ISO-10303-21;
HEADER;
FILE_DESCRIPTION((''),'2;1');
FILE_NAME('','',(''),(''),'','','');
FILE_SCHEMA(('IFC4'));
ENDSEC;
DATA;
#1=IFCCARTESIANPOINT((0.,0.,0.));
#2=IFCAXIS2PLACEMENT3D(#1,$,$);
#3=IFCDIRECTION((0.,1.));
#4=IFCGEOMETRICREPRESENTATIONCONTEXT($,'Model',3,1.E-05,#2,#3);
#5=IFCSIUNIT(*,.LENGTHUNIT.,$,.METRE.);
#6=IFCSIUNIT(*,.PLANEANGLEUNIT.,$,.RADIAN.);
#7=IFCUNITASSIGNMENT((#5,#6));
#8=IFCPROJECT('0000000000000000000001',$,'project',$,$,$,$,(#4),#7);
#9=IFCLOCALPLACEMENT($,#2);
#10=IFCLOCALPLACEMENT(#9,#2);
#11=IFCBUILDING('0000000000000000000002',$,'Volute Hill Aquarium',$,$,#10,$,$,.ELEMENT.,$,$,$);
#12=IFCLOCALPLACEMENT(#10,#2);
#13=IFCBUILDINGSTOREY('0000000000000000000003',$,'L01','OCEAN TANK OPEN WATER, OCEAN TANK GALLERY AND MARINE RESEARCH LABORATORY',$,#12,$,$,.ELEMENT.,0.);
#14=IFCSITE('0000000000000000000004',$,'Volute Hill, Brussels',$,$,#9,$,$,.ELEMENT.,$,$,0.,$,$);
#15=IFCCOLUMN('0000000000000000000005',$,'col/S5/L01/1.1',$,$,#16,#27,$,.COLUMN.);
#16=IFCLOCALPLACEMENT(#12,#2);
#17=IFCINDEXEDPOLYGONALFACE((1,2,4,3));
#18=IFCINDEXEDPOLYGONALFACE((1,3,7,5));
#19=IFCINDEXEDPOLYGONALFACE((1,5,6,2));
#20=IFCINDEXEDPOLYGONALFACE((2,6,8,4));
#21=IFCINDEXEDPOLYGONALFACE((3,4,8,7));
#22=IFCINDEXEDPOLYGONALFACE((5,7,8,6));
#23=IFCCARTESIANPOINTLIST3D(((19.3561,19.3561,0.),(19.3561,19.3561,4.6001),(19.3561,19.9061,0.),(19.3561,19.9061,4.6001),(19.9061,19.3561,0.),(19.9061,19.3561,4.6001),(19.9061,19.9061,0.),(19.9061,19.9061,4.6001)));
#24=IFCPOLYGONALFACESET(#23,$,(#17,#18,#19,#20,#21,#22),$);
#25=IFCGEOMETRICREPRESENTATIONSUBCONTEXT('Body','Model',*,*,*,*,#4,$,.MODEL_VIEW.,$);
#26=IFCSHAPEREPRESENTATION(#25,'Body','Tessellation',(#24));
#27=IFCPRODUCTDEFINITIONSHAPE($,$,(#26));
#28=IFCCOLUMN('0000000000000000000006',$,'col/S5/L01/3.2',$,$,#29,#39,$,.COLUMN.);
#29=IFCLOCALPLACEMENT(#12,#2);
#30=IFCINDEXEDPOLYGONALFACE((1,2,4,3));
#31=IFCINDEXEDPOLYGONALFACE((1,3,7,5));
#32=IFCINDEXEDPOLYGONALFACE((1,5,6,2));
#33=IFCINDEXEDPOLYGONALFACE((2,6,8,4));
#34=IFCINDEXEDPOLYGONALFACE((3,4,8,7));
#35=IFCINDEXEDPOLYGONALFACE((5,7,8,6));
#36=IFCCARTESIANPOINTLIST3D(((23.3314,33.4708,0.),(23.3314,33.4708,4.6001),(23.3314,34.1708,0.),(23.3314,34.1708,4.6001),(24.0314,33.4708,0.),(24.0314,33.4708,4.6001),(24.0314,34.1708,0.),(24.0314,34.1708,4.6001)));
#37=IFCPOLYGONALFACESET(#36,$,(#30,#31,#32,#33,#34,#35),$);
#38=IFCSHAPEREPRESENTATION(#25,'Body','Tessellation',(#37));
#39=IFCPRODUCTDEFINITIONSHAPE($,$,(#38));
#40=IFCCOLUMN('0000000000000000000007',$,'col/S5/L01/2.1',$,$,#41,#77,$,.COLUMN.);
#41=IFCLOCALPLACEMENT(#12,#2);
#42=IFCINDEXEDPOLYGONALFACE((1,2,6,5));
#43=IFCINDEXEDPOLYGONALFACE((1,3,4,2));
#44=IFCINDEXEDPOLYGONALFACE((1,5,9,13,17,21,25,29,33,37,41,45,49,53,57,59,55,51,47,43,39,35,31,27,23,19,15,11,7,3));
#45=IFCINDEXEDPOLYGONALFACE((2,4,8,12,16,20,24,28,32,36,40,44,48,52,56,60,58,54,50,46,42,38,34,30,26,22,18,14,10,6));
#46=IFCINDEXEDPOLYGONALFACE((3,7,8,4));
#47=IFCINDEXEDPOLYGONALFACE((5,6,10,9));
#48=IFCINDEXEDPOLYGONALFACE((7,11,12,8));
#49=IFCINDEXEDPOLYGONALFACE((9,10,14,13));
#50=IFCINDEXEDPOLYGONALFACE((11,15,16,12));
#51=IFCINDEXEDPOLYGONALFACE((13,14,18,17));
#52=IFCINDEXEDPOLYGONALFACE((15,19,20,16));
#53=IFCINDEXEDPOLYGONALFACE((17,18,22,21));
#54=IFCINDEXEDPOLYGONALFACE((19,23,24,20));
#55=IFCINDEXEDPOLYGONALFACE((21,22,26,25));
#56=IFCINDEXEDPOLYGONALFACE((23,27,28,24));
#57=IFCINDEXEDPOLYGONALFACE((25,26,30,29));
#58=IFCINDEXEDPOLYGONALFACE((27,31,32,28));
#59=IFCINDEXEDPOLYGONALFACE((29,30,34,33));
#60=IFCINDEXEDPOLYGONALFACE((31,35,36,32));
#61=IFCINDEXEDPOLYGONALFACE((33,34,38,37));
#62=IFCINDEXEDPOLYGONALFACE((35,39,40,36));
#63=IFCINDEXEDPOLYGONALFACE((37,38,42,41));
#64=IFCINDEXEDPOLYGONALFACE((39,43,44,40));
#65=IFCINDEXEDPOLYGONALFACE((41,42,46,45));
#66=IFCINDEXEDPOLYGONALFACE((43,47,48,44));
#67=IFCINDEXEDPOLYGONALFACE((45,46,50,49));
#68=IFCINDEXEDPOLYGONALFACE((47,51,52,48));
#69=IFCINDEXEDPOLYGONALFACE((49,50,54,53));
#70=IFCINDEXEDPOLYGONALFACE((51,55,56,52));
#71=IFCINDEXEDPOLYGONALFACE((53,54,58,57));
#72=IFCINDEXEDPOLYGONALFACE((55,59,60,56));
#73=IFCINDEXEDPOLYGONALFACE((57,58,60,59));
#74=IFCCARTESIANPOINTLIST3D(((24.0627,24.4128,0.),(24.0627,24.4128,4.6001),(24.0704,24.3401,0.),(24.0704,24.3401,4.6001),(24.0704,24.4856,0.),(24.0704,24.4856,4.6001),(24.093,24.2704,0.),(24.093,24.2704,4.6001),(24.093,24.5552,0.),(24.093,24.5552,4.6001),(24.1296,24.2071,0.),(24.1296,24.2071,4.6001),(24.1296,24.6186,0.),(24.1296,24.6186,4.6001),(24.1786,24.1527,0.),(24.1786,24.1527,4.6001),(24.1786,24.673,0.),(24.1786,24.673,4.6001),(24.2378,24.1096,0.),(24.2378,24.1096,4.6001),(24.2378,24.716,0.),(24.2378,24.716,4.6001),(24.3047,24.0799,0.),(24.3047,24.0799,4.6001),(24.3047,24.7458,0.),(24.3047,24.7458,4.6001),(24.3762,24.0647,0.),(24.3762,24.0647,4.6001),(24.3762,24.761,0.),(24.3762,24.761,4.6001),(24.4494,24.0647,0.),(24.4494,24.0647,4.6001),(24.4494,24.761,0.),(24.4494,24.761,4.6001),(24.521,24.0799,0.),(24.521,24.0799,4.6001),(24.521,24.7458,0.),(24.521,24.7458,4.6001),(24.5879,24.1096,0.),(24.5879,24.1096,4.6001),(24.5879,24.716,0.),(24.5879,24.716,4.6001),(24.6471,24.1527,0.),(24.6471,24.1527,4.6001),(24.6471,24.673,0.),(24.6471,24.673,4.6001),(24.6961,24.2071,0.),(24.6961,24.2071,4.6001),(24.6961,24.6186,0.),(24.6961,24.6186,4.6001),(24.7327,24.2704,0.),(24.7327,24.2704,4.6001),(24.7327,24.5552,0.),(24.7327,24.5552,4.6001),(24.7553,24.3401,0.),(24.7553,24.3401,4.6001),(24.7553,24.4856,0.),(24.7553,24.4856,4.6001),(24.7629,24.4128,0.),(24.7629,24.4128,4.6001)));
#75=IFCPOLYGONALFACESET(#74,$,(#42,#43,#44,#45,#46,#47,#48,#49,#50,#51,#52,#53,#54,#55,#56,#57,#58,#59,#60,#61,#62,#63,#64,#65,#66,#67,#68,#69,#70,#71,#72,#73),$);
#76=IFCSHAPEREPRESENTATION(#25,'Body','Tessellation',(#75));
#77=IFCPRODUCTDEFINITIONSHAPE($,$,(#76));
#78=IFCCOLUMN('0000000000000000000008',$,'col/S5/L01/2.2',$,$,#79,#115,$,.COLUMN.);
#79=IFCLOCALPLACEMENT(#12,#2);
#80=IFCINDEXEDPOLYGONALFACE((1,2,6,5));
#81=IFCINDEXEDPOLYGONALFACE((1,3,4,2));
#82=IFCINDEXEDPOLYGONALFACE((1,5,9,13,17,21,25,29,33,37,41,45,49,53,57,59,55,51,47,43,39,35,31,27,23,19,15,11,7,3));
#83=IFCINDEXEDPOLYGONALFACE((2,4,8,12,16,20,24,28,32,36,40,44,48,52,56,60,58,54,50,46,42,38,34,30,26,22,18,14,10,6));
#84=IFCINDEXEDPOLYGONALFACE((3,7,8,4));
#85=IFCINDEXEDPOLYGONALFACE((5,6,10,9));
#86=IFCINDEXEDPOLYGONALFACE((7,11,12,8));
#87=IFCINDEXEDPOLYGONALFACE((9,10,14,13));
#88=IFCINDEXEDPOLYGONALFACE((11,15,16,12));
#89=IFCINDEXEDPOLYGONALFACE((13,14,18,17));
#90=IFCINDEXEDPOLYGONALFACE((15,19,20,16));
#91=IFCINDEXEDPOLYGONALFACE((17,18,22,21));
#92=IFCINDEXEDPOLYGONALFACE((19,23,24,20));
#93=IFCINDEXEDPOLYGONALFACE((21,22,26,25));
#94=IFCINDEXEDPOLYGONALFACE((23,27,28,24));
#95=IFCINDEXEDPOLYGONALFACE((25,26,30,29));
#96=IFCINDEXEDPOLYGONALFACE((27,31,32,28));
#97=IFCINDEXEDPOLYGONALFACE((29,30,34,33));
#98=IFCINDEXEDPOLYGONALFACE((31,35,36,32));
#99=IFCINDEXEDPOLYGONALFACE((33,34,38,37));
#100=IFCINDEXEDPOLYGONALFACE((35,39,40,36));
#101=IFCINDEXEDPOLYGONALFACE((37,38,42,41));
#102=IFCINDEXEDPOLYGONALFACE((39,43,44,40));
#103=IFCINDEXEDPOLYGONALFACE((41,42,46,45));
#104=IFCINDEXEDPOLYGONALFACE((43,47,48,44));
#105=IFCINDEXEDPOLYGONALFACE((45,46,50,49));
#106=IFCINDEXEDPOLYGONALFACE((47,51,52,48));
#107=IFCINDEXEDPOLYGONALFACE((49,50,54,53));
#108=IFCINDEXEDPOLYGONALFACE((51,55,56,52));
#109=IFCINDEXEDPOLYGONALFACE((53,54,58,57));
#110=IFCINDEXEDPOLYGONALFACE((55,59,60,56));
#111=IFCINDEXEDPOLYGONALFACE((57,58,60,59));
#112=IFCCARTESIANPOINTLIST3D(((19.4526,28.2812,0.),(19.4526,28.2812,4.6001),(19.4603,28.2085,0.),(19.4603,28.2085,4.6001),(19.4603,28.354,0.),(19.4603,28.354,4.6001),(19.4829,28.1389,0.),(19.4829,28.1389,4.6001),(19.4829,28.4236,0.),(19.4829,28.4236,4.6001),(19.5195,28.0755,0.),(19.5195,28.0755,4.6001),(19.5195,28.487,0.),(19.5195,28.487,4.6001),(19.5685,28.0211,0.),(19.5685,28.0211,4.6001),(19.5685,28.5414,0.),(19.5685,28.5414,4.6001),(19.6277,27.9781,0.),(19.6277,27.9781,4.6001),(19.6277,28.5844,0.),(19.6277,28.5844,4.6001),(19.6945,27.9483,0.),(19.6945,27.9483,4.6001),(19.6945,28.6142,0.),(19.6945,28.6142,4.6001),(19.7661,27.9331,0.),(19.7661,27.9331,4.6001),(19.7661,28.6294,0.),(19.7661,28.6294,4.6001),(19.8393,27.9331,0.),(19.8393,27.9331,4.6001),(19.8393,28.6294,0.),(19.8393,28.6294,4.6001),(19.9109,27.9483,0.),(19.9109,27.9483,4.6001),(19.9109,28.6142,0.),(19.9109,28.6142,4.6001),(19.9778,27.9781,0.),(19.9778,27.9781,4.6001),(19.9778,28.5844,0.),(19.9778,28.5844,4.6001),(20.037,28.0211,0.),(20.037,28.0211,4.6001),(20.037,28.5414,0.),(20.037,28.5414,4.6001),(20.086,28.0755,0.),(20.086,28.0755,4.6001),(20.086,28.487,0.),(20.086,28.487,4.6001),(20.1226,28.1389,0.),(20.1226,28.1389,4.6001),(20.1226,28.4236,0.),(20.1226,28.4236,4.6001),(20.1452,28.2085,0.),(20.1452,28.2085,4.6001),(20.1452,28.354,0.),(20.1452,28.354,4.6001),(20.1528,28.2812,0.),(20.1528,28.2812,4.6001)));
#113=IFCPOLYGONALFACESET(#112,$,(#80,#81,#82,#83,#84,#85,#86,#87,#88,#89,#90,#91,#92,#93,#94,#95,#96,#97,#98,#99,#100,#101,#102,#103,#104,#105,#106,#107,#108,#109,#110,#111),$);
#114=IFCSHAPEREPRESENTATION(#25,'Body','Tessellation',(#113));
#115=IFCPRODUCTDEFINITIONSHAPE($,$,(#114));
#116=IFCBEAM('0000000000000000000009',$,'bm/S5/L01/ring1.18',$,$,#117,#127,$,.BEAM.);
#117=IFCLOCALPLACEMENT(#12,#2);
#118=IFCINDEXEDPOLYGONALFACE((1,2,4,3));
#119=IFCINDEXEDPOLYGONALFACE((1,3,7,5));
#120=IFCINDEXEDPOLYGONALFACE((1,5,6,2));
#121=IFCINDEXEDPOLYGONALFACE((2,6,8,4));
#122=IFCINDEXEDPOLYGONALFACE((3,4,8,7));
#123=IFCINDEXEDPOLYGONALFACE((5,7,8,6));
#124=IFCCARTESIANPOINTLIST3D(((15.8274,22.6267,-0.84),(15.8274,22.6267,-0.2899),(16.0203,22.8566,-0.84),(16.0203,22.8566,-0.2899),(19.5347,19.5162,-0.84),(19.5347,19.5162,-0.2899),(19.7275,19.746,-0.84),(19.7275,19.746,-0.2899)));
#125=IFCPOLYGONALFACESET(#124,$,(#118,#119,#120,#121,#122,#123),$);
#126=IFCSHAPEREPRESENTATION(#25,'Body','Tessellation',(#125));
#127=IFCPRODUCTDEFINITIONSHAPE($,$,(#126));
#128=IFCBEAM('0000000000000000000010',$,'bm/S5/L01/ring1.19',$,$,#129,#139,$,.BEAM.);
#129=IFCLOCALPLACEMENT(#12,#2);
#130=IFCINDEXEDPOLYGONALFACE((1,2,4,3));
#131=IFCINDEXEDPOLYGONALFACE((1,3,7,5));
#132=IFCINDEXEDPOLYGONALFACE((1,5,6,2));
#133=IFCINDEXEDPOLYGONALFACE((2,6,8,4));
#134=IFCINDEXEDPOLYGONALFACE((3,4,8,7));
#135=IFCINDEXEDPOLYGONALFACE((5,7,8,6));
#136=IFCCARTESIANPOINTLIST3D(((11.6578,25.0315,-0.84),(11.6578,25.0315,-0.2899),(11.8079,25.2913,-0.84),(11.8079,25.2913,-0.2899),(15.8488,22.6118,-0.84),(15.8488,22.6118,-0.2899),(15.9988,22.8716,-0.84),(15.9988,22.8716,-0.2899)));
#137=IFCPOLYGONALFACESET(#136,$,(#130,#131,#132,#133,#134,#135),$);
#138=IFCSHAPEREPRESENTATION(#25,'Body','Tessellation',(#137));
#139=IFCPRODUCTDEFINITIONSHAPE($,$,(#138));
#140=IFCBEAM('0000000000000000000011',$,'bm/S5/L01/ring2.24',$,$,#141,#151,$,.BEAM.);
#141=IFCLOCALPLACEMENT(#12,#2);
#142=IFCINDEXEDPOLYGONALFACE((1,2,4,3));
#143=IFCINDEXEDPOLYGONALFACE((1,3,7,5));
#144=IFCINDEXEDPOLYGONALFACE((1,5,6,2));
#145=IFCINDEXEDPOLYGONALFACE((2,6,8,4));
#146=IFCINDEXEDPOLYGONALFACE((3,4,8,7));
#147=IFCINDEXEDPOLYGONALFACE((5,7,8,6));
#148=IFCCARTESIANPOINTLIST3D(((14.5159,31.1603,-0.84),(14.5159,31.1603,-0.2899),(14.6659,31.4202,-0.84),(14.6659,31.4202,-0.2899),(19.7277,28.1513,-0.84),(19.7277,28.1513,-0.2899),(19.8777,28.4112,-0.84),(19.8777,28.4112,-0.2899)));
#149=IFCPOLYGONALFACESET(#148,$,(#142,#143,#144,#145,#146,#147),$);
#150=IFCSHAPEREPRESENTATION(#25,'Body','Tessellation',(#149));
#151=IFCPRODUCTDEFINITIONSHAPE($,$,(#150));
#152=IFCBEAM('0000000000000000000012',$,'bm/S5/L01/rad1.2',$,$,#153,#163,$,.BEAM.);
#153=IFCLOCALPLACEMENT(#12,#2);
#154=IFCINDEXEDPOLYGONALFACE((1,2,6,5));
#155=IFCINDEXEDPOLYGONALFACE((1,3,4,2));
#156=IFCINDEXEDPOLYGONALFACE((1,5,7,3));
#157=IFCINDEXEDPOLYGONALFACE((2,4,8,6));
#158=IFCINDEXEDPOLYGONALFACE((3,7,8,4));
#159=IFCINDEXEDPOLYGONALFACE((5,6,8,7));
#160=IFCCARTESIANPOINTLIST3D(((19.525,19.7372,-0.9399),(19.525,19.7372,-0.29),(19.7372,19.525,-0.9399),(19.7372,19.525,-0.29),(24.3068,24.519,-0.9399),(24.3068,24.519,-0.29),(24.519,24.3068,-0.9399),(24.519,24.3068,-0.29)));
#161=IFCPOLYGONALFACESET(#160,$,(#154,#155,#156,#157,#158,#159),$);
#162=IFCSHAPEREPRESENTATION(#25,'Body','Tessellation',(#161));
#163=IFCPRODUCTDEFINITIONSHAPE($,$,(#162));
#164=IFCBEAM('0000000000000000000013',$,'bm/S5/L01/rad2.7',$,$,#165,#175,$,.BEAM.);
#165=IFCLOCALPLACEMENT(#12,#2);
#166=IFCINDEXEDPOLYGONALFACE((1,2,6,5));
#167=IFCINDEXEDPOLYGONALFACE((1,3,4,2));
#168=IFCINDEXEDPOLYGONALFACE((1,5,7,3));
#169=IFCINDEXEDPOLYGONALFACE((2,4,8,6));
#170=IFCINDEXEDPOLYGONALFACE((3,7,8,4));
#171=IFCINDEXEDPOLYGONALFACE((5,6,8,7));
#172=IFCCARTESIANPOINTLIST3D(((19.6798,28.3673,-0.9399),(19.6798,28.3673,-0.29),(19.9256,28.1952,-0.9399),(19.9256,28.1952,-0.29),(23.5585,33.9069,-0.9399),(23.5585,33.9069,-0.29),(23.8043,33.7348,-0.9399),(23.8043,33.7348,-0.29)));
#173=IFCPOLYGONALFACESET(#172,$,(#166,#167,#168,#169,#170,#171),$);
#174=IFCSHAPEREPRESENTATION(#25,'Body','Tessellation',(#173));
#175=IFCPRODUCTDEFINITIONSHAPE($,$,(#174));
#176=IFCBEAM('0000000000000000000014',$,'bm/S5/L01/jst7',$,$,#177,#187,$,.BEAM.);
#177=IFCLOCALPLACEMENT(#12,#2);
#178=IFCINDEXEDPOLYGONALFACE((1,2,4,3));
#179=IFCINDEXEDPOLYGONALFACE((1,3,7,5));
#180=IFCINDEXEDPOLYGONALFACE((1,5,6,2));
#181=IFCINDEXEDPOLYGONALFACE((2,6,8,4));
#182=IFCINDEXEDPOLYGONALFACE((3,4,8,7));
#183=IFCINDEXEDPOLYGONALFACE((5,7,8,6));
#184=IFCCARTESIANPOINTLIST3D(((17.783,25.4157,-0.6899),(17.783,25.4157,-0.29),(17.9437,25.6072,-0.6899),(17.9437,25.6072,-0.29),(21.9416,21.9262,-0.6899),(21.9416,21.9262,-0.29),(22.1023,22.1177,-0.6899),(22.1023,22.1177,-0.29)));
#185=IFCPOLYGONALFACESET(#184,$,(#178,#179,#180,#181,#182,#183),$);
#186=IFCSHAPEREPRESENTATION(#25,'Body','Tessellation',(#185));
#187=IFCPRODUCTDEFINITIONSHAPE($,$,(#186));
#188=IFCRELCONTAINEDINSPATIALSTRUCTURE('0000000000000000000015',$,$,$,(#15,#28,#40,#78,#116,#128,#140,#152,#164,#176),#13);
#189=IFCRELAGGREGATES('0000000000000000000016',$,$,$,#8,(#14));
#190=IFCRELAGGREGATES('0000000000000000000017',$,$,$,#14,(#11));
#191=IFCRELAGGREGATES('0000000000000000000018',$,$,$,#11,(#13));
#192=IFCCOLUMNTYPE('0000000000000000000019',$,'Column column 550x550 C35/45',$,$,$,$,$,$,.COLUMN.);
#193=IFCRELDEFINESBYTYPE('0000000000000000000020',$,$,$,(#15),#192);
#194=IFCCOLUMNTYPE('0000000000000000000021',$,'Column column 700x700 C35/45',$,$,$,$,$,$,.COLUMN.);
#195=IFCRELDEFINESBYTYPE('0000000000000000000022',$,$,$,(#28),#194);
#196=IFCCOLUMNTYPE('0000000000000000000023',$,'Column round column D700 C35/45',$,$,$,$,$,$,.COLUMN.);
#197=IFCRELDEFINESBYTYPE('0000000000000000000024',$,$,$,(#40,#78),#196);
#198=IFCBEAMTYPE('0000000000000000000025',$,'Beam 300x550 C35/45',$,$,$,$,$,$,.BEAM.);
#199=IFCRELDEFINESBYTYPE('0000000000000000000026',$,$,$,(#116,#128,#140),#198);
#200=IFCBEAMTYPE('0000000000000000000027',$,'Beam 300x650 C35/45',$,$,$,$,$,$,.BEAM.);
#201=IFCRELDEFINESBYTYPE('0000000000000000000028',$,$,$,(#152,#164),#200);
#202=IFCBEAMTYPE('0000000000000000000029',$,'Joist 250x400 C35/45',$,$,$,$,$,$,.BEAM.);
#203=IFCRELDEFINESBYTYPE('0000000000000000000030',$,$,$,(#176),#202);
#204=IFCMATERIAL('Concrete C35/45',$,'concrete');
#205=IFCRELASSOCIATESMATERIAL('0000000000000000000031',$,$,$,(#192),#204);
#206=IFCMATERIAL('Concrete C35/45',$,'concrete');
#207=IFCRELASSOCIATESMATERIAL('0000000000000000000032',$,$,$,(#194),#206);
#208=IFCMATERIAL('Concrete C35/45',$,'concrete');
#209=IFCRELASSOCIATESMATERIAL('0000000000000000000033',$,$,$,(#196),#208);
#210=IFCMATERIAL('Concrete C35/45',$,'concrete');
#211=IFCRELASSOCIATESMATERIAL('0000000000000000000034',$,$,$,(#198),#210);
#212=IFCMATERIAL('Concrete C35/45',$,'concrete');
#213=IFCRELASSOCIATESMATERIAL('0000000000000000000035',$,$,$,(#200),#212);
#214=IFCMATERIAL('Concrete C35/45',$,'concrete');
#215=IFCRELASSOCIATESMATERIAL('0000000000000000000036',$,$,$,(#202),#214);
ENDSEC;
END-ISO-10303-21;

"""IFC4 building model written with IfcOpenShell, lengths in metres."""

from ifc_helpers import new_model, si_unit, direction, frame, origin, origin_2d, place, context, subcontext, project, spatial, rectangle, circle, extrude, material, material_profile, profile_set, type_object, element, save


model = new_model("IFC4")

# Units and contexts
model_context = context("Model", 3, precision=1e-05, world=origin(), true_north=direction((0.0, 1.0)))
body_context = subcontext(model_context, "Body", "Model", "MODEL_VIEW")
ifc_project = project(units=[si_unit("LENGTHUNIT", "METRE"), si_unit("PLANEANGLEUNIT", "RADIAN")], contexts=[model_context])

# Site, building, storey
site_placement = place(None, origin())
site = spatial("IfcSite", under=ifc_project, at=site_placement, Name="Volute Hill, Brussels", CompositionType="ELEMENT", RefElevation=0.0)
building_placement = place(site_placement, origin())
building = spatial("IfcBuilding", under=site, at=building_placement, Name="Volute Hill Aquarium", CompositionType="ELEMENT")
storey_placement = place(building_placement, origin())
storey = spatial("IfcBuildingStorey", under=building, at=storey_placement, Name="L01", Description="OCEAN TANK OPEN WATER, OCEAN TANK GALLERY AND MARINE RESEARCH LABORATORY", CompositionType="ELEMENT", Elevation=0.0)

# Columns
ifc_material_1 = material(Name="Concrete C35/45", Category="concrete")
ifc_material_profile_1 = material_profile(ifc_material_1, rectangle(XDim=0.55, YDim=0.55, at=origin_2d()), Name="RC column 550x550")
ifc_profile_set_1 = profile_set([ifc_material_profile_1], Name="Concrete C35/45")
column_type_1 = type_object("IfcColumnType", Name="Column column 550x550 C35/45", PredefinedType="COLUMN", material=ifc_profile_set_1)
column_1_placement = place(storey_placement, frame((19.6311, 19.6311, 0.0), z_axis=(0.0, 0.0, 1.0), x_axis=(1.0, 0.0, 0.0)))
element("IfcColumn", 1, at=column_1_placement, inside=storey, type_object=column_type_1, Name="col/S5/L01/1.1", PredefinedType="COLUMN", context=body_context, shape_type="SweptSolid", body=[
    extrude(rectangle(XDim=0.55, YDim=0.55, at=origin_2d()), origin(), (0.0, 0.0, 1.0), 4.6001),
])
ifc_material_2 = material(Name="Concrete C35/45", Category="concrete")
ifc_material_profile_2 = material_profile(ifc_material_2, rectangle(XDim=0.7, YDim=0.7, at=origin_2d()), Name="RC column 700x700")
ifc_profile_set_2 = profile_set([ifc_material_profile_2], Name="Concrete C35/45")
column_type_2 = type_object("IfcColumnType", Name="Column column 700x700 C35/45", PredefinedType="COLUMN", material=ifc_profile_set_2)
column_2_placement = place(storey_placement, frame((23.6814, 33.8208, 0.0), z_axis=(0.0, 0.0, 1.0), x_axis=(1.0, 0.0, 0.0)))
element("IfcColumn", 2, at=column_2_placement, inside=storey, type_object=column_type_2, Name="col/S5/L01/3.2", PredefinedType="COLUMN", context=body_context, shape_type="SweptSolid", body=[
    extrude(rectangle(XDim=0.7, YDim=0.7, at=origin_2d()), origin(), (0.0, 0.0, 1.0), 4.6001),
])
ifc_material_3 = material(Name="Concrete C35/45", Category="concrete")
ifc_material_profile_3 = material_profile(ifc_material_3, circle(Radius=0.3501, at=origin_2d()), Name="RC round column D700")
ifc_profile_set_3 = profile_set([ifc_material_profile_3], Name="Concrete C35/45")
column_type_3 = type_object("IfcColumnType", Name="Column round column D700 C35/45", PredefinedType="COLUMN", material=ifc_profile_set_3)
for number, where, z_axis, x_axis, name in (
    (3, (24.4128, 24.4128, 0.0), (0.0, 0.0, 1.0), (1.0, 0.0, 0.0), "col/S5/L01/2.1"),
    (4, (19.8027, 28.2812, 0.0), (0.0, 0.0, 1.0), (1.0, 0.0, 0.0), "col/S5/L01/2.2"),
):
    element("IfcColumn", number, at=place(storey_placement, frame(where, z_axis=z_axis, x_axis=x_axis)), inside=storey, type_object=column_type_3, Name=name, PredefinedType="COLUMN", context=body_context, shape_type="SweptSolid", body=[
        extrude(circle(Radius=0.3501, at=origin_2d()), origin(), (0.0, 0.0, 1.0), 4.6001),
    ])

# Beams
ifc_material_4 = material(Name="Concrete C35/45", Category="concrete")
ifc_material_profile_4 = material_profile(ifc_material_4, rectangle(XDim=0.3, YDim=0.55, at=origin_2d()), Name="RC beam 300x550")
ifc_profile_set_4 = profile_set([ifc_material_profile_4], Name="Concrete C35/45")
beam_type_1 = type_object("IfcBeamType", Name="Beam 300x550 C35/45", PredefinedType="BEAM", material=ifc_profile_set_4)
for number, where, z_axis, x_axis, name in (
    (5, (19.6311, 19.6311, -0.5649), (-0.766063, 0.642766, 0.0), (-0.642766, -0.766063, 0.0), "bm/S5/L01/ring1.18"),
    (6, (15.9238, 22.7417, -0.5649), (-0.866021, 0.500008, 0.0), (-0.500008, -0.866021, 0.0), "bm/S5/L01/ring1.19"),
):
    element("IfcBeam", number, at=place(storey_placement, frame(where, z_axis=z_axis, x_axis=x_axis)), inside=storey, type_object=beam_type_1, Name=name, PredefinedType="BEAM", context=body_context, shape_type="SweptSolid", body=[
        extrude(rectangle(XDim=0.3, YDim=0.55, at=origin_2d()), origin(), (0.0, 0.0, 1.0), 4.8394),
    ])
beam_1_placement = place(storey_placement, frame((19.8027, 28.2812, -0.5649), z_axis=(-0.86603, 0.499992, 0.0), x_axis=(-0.499992, -0.86603, 0.0)))
element("IfcBeam", 7, at=beam_1_placement, inside=storey, type_object=beam_type_1, Name="bm/S5/L01/ring2.24", PredefinedType="BEAM", context=body_context, shape_type="SweptSolid", body=[
    extrude(rectangle(XDim=0.3, YDim=0.55, at=origin_2d()), origin(), (0.0, 0.0, 1.0), 6.0181),
])
ifc_material_5 = material(Name="Concrete C35/45", Category="concrete")
ifc_material_profile_5 = material_profile(ifc_material_5, rectangle(XDim=0.3, YDim=0.6499, at=origin_2d()), Name="RC beam 300x650")
ifc_profile_set_5 = profile_set([ifc_material_profile_5], Name="Concrete C35/45")
beam_type_2 = type_object("IfcBeamType", Name="Beam 300x650 C35/45", PredefinedType="BEAM", material=ifc_profile_set_5)
for number, where, z_axis, x_axis, name in (
    (8, (19.6311, 19.6311, -0.615), (0.707107, 0.707107, 0.0), (-0.707107, 0.707107, 0.0), "bm/S5/L01/rad1.2"),
    (9, (19.8027, 28.2812, -0.615), (0.573559, 0.819164, 0.0), (-0.819164, 0.573559, 0.0), "bm/S5/L01/rad2.7"),
):
    element("IfcBeam", number, at=place(storey_placement, frame(where, z_axis=z_axis, x_axis=x_axis)), inside=storey, type_object=beam_type_2, Name=name, PredefinedType="BEAM", context=body_context, shape_type="SweptSolid", body=[
        extrude(rectangle(XDim=0.3, YDim=0.6499, at=origin_2d()), origin(), (0.0, 0.0, 1.0), 6.7625),
    ])
ifc_material_6 = material(Name="Concrete C35/45", Category="concrete")
ifc_material_profile_6 = material_profile(ifc_material_6, rectangle(XDim=0.25, YDim=0.3999, at=origin_2d()), Name="RC joist 250x400")
ifc_profile_set_6 = profile_set([ifc_material_profile_6], Name="Concrete C35/45")
beam_type_3 = type_object("IfcBeamType", Name="Joist 250x400 C35/45", PredefinedType="BEAM", material=ifc_profile_set_6)
for number, where, z_axis, x_axis, name in (
    (10, (22.022, 22.022, -0.49), (-0.766049, 0.642782, 0.0), (-0.642782, -0.766049, 0.0), "bm/S5/L01/jst7"),
):
    element("IfcBeam", number, at=place(storey_placement, frame(where, z_axis=z_axis, x_axis=x_axis)), inside=storey, type_object=beam_type_3, Name=name, PredefinedType="BEAM", context=body_context, shape_type="SweptSolid", body=[
        extrude(rectangle(XDim=0.25, YDim=0.3999, at=origin_2d()), origin(), (0.0, 0.0, 1.0), 5.4287),
    ])

save(model, "model.ifc")
